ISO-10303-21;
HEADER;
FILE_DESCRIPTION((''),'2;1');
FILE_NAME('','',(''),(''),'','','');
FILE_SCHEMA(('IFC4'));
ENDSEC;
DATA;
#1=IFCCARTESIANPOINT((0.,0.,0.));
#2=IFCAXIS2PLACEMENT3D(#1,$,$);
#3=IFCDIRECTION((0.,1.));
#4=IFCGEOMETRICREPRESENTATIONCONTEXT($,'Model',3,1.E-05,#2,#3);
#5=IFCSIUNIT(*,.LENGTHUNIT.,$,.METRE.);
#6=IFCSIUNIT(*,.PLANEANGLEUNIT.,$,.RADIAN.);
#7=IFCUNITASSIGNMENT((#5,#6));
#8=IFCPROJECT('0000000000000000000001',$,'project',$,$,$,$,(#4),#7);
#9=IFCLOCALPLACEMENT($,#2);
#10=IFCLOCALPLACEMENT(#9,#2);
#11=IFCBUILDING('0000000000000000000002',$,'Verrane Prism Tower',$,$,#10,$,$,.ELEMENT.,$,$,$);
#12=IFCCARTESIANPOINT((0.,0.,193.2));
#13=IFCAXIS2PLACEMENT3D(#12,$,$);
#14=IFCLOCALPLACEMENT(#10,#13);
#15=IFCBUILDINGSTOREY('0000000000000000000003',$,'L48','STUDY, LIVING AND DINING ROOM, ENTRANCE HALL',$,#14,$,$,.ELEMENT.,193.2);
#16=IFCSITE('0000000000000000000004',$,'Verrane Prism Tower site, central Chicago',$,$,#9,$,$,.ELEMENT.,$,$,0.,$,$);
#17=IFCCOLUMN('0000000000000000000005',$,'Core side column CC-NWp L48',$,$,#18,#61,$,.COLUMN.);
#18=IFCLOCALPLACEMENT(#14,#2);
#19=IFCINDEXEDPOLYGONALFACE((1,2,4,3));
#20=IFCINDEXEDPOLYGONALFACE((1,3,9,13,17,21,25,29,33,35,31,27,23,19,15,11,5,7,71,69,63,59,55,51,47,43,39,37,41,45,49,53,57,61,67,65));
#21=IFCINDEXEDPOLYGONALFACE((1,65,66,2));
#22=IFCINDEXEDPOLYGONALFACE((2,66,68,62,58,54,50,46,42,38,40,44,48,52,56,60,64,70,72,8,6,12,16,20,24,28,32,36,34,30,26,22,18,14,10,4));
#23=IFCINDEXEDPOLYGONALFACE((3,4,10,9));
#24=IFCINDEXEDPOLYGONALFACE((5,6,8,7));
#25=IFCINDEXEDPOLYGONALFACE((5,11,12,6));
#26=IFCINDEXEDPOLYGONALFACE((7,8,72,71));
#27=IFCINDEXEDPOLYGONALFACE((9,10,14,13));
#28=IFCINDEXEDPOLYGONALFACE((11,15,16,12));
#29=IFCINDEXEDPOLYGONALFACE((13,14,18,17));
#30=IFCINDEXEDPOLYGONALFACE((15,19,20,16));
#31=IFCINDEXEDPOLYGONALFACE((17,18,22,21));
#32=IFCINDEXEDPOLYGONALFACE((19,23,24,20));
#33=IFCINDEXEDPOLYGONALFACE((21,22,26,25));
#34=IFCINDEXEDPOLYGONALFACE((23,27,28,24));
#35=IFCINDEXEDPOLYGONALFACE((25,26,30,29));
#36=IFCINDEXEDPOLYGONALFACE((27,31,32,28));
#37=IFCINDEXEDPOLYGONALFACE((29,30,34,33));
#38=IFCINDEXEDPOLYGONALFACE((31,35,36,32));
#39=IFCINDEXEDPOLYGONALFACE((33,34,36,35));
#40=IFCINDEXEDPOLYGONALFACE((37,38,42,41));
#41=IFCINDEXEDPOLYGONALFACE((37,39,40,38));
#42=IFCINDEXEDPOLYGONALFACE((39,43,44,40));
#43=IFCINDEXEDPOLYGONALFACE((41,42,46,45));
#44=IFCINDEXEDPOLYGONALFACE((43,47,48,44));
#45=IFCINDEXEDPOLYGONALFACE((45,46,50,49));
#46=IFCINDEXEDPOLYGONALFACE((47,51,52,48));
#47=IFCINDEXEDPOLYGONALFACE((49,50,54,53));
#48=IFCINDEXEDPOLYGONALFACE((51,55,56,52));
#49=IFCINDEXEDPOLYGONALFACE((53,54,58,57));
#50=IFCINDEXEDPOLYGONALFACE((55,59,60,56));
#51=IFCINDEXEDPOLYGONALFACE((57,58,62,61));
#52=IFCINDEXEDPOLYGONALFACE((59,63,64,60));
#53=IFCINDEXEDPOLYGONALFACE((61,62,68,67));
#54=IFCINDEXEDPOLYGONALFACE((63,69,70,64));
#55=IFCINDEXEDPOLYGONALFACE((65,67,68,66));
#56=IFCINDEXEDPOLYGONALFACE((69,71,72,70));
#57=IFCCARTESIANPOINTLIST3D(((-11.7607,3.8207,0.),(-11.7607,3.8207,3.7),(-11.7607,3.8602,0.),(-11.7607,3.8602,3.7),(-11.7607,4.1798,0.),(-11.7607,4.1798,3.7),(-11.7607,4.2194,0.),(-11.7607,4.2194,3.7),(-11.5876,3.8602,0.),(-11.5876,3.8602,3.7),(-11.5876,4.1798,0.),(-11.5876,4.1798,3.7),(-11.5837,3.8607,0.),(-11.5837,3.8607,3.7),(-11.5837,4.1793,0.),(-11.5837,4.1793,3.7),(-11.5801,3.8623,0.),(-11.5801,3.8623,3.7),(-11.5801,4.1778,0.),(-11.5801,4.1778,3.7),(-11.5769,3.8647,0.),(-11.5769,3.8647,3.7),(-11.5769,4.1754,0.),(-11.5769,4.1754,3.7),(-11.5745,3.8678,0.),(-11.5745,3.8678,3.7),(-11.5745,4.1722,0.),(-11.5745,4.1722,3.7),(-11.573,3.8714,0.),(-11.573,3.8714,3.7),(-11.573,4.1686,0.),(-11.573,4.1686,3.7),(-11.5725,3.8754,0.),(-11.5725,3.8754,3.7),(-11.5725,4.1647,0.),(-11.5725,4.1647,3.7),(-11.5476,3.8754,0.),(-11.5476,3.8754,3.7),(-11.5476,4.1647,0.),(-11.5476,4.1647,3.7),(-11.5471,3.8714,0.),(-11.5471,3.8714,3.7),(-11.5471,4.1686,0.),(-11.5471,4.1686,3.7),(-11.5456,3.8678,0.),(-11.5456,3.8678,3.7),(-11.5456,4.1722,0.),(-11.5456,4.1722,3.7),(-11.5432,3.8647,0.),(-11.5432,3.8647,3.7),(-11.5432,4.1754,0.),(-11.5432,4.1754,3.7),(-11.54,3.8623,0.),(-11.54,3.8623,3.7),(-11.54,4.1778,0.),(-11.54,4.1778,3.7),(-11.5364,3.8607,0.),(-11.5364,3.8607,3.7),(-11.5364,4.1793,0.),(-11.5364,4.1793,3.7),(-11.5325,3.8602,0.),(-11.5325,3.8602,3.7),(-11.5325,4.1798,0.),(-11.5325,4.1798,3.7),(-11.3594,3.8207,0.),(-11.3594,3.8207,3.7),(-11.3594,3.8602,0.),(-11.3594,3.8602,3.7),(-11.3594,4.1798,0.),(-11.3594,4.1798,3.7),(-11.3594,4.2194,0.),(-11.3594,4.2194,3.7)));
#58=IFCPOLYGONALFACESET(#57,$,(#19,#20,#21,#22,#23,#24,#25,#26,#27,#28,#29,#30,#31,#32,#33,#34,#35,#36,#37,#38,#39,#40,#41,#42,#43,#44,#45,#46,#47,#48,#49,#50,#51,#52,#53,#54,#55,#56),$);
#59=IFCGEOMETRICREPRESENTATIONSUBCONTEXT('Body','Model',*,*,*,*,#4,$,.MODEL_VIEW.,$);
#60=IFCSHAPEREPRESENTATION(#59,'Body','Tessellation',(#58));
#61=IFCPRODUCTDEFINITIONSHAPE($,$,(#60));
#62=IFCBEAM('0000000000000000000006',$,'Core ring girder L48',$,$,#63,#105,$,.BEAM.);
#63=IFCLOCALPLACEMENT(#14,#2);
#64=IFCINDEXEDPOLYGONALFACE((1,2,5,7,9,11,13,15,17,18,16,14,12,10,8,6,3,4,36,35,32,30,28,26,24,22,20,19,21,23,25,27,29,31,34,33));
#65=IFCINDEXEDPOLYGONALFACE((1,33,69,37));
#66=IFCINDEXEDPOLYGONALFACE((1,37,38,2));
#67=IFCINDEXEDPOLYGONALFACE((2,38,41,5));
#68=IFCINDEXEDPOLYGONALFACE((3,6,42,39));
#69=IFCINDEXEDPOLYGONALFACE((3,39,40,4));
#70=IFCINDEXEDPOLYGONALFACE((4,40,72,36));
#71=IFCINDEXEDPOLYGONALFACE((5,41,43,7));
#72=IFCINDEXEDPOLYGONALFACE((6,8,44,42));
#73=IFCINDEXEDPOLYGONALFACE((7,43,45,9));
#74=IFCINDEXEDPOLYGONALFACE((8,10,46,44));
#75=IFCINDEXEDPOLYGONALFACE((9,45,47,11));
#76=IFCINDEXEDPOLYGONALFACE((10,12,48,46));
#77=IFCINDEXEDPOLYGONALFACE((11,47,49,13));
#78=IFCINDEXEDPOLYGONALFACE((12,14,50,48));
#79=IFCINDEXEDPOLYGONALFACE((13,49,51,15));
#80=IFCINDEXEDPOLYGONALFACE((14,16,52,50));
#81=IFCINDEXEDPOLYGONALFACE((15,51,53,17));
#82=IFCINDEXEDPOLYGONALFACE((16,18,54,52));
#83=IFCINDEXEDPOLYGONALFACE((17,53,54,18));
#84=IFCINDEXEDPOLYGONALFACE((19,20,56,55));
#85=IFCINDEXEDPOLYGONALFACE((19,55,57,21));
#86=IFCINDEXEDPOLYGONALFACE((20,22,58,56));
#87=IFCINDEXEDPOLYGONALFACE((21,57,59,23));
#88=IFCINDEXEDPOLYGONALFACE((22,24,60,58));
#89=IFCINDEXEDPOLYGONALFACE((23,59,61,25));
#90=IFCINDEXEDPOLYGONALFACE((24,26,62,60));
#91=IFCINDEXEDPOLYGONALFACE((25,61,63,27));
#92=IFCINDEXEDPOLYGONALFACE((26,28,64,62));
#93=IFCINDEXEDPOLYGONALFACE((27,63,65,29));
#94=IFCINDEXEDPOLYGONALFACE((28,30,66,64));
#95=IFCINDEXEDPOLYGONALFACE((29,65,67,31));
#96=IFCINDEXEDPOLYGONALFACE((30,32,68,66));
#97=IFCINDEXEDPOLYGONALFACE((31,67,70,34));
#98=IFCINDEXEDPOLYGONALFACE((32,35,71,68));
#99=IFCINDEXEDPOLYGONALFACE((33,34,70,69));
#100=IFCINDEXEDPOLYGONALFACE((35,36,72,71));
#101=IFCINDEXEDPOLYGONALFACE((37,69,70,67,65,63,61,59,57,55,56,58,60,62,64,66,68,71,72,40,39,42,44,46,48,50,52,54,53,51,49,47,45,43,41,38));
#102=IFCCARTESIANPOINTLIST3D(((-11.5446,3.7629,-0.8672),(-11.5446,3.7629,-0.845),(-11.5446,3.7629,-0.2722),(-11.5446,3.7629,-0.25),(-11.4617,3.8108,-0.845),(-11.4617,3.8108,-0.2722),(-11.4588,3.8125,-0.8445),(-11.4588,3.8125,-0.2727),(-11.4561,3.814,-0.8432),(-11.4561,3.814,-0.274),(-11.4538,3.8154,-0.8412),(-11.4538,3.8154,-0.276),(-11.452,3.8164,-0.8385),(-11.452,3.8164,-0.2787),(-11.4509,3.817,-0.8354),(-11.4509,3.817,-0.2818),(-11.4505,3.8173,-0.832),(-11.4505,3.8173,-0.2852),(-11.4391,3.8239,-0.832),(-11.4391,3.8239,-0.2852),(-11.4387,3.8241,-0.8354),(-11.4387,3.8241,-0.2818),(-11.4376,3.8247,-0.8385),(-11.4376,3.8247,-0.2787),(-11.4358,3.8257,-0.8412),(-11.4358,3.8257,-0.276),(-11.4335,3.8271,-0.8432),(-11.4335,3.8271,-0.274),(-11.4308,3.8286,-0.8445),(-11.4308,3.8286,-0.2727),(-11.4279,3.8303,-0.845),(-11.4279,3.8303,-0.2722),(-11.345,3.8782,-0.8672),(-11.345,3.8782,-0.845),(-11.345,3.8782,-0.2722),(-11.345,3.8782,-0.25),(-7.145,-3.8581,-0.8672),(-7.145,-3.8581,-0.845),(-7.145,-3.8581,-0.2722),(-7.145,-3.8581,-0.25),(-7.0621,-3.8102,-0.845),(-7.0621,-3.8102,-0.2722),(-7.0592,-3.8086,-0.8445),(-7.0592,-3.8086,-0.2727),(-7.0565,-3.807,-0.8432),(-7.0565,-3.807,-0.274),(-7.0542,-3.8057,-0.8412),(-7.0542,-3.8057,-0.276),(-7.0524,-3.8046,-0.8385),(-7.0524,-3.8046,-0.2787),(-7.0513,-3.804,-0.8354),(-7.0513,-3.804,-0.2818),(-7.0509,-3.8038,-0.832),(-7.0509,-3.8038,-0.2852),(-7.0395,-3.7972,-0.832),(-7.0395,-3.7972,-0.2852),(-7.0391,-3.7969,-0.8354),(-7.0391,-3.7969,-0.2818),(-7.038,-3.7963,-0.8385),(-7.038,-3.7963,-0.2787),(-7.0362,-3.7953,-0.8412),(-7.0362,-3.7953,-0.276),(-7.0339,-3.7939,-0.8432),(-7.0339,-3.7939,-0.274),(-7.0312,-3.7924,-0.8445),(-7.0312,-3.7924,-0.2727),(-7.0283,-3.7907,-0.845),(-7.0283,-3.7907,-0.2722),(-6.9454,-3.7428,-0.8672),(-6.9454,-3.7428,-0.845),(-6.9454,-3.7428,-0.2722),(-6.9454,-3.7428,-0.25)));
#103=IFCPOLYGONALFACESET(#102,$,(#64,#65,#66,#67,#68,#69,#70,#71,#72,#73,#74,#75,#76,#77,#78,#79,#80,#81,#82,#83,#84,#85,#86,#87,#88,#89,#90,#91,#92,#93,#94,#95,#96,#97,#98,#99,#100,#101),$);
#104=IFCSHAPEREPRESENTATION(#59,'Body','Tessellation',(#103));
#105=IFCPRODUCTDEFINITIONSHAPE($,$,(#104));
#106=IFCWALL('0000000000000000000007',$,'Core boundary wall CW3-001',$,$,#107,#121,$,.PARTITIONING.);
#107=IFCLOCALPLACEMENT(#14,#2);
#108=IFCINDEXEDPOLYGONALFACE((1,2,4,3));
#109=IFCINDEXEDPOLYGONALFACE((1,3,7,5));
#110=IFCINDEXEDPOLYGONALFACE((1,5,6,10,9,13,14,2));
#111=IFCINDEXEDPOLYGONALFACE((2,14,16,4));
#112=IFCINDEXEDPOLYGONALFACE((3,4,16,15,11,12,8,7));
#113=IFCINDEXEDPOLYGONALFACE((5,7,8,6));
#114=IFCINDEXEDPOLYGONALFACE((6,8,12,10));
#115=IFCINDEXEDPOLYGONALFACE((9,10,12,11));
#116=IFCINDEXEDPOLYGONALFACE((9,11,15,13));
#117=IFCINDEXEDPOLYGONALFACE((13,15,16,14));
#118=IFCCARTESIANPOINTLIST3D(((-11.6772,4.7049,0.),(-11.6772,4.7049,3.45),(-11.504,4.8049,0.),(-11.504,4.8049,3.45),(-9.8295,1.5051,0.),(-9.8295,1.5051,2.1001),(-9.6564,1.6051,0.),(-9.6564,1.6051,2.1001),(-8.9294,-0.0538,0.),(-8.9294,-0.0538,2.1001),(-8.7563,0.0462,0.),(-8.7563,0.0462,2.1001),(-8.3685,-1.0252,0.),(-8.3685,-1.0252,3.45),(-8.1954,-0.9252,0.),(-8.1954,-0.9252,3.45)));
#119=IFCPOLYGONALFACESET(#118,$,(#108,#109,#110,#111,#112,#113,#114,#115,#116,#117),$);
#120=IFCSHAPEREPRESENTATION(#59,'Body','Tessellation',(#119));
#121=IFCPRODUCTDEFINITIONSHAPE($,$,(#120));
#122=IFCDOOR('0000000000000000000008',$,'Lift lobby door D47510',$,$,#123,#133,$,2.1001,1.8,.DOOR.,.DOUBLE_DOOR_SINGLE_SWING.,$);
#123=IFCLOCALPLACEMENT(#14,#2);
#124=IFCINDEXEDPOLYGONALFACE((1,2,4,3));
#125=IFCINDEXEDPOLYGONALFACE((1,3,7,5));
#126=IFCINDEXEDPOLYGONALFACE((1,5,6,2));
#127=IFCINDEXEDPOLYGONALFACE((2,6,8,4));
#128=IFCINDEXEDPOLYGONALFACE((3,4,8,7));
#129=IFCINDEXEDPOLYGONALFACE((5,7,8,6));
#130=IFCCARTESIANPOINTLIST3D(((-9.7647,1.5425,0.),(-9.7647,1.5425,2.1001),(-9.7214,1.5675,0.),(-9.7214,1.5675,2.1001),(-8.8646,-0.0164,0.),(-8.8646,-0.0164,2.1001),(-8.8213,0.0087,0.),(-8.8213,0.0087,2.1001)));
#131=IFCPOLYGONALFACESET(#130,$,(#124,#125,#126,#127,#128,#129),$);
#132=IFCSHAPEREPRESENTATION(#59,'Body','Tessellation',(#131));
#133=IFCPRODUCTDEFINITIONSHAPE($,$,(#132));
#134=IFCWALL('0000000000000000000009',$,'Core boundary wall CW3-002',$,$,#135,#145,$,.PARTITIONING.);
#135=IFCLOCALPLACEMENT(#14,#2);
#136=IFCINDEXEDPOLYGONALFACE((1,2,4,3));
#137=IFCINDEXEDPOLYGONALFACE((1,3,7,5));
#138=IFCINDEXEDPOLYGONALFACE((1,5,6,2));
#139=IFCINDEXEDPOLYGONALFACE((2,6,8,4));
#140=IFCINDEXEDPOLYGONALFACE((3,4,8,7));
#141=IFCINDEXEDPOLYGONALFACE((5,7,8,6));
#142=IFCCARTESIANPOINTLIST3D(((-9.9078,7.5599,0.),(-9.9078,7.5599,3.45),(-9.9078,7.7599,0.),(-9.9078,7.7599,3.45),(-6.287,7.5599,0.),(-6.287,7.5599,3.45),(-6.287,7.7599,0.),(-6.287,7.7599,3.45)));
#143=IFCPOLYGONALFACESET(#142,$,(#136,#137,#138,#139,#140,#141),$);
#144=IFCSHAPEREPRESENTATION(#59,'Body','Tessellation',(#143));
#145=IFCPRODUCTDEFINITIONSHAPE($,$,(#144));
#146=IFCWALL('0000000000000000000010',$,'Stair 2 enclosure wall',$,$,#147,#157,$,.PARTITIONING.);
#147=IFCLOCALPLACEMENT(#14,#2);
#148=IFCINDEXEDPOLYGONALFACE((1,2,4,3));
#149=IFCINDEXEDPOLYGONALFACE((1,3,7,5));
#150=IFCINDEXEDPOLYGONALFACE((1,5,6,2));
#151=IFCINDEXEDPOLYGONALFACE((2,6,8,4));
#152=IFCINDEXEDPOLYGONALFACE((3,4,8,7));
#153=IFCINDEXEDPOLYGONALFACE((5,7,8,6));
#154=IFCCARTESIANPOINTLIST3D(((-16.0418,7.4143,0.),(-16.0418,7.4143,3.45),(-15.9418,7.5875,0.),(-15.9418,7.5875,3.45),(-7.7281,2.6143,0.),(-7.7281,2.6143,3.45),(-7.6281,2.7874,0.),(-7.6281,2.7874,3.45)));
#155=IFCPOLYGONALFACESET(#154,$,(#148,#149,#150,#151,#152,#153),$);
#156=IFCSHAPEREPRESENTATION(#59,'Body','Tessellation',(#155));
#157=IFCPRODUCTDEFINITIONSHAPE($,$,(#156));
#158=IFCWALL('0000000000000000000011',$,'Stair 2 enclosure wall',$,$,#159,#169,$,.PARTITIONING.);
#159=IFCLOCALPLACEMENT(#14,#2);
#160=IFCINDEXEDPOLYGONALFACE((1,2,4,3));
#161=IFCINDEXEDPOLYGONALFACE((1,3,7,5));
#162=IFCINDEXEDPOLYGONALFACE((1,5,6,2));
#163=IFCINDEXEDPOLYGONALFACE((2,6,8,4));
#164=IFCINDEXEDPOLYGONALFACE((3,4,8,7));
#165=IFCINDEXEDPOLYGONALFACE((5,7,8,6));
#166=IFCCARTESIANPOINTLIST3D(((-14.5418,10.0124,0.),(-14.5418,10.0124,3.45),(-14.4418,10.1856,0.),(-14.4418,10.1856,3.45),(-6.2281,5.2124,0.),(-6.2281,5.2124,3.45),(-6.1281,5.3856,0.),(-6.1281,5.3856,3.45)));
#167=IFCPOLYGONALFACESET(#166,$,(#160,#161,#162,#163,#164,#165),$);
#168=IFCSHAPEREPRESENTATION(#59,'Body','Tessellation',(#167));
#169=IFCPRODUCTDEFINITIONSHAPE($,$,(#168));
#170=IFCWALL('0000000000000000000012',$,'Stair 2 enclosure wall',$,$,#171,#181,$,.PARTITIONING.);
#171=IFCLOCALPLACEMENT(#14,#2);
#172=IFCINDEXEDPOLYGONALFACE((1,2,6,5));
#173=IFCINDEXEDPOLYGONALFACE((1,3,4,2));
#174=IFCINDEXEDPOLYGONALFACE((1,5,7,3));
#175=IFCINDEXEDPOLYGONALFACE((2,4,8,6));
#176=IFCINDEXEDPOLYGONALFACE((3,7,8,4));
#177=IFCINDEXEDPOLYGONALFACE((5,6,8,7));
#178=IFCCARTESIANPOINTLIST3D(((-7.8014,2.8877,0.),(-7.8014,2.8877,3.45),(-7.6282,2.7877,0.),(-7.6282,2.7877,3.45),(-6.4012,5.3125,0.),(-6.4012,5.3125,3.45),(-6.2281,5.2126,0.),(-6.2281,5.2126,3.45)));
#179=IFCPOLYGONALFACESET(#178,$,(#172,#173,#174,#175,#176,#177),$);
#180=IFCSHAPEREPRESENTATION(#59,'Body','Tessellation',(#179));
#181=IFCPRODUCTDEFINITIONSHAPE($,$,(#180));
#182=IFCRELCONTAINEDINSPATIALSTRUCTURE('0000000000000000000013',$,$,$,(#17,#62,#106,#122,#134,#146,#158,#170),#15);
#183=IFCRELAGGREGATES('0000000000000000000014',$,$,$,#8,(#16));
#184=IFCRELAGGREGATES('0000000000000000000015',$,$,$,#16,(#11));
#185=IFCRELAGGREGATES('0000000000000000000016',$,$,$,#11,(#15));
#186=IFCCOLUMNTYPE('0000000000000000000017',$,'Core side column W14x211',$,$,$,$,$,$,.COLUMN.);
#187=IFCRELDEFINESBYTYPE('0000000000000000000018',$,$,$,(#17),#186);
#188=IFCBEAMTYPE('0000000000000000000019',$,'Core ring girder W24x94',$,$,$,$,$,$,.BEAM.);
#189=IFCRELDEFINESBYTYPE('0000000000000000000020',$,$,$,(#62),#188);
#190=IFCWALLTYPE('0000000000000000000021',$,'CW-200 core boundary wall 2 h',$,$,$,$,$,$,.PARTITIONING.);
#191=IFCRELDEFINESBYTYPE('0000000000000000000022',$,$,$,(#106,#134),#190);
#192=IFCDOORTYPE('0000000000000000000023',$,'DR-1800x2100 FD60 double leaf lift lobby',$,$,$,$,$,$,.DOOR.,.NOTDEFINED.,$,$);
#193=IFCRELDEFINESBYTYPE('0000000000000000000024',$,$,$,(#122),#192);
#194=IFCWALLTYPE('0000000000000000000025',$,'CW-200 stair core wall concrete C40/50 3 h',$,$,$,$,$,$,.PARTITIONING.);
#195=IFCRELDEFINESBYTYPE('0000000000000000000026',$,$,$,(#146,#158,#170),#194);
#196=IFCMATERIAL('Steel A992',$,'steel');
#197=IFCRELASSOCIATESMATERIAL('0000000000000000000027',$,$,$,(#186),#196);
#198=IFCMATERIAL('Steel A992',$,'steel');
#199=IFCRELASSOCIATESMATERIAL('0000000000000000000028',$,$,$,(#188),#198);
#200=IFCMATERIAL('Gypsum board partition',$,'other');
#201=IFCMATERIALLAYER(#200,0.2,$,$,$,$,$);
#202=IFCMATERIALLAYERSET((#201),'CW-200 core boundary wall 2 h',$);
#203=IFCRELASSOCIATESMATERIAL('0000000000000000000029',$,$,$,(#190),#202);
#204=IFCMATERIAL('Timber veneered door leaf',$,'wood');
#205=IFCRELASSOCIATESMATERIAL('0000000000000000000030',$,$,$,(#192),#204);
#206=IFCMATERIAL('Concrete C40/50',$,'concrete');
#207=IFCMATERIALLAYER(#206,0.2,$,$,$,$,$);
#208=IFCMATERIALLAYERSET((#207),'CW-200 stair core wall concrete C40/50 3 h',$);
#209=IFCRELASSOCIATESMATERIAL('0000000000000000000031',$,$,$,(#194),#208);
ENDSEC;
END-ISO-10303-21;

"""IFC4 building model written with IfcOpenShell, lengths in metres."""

from ifc_helpers import new_model, si_unit, direction, frame, frame_2d, origin, origin_2d, place, context, subcontext, project, spatial, rectangle, i_section, extrude, material, layer, layer_set, material_profile, profile_set, type_object, element, fill, save


model = new_model("IFC4")

# Units and contexts
model_context = context("Model", 3, precision=1e-05, world=origin(), true_north=direction((0.0, 1.0)))
body_context = subcontext(model_context, "Body", "Model", "MODEL_VIEW")
ifc_project = project(units=[si_unit("LENGTHUNIT", "METRE"), si_unit("PLANEANGLEUNIT", "RADIAN")], contexts=[model_context])

# Site, building, storey
site_placement = place(None, origin())
site = spatial("IfcSite", under=ifc_project, at=site_placement, Name="Verrane Prism Tower site, central Chicago", CompositionType="ELEMENT", RefElevation=0.0)
building_placement = place(site_placement, origin())
building = spatial("IfcBuilding", under=site, at=building_placement, Name="Verrane Prism Tower", CompositionType="ELEMENT")
storey_placement = place(building_placement, frame((0.0, 0.0, 193.2)))
storey = spatial("IfcBuildingStorey", under=building, at=storey_placement, Name="L48", Description="STUDY, LIVING AND DINING ROOM, ENTRANCE HALL", CompositionType="ELEMENT", Elevation=193.2)

# Column
ifc_material_1 = material(Name="Steel A992", Category="steel")
ifc_material_profile_1 = material_profile(ifc_material_1, i_section(OverallWidth=0.4014, OverallDepth=0.3987, WebThickness=0.0249, FlangeThickness=0.0396, FilletRadius=0.0151, at=origin_2d()), Name="W14x211")
ifc_profile_set_1 = profile_set([ifc_material_profile_1], Name="Steel A992")
column_type = type_object("IfcColumnType", Name="Core side column W14x211", PredefinedType="COLUMN", material=ifc_profile_set_1)
column_placement = place(storey_placement, frame((-11.5601, 4.02, 0.0), z_axis=(0.0, 0.0, 1.0), x_axis=(1.0, 0.0, 0.0)))
element("IfcColumn", 1, at=column_placement, inside=storey, type_object=column_type, Name="Core side column CC-NWp L48", PredefinedType="COLUMN", context=body_context, shape_type="SweptSolid", body=[
    extrude(i_section(OverallWidth=0.4014, OverallDepth=0.3987, WebThickness=0.0249, FlangeThickness=0.0396, FilletRadius=0.0151, at=origin_2d()), origin(), (0.0, 0.0, 1.0), 3.7),
])

# Beam
ifc_material_2 = material(Name="Steel A992", Category="steel")
ifc_material_profile_2 = material_profile(ifc_material_2, i_section(OverallWidth=0.2305, OverallDepth=0.6172, WebThickness=0.0132, FlangeThickness=0.0222, FilletRadius=0.0129, at=origin_2d()), Name="W24x94")
ifc_profile_set_2 = profile_set([ifc_material_profile_2], Name="Steel A992")
beam_type = type_object("IfcBeamType", Name="Core ring girder W24x94", PredefinedType="BEAM", material=ifc_profile_set_2)
beam_placement = place(storey_placement, frame((-11.4448, 3.8206, -0.5586), z_axis=(0.499967, -0.866044, 0.0), x_axis=(0.866044, 0.499967, 0.0)))
element("IfcBeam", 2, at=beam_placement, inside=storey, type_object=beam_type, Name="Core ring girder L48", PredefinedType="BEAM", context=body_context, shape_type="SweptSolid", body=[
    extrude(i_section(OverallWidth=0.2305, OverallDepth=0.6172, WebThickness=0.0132, FlangeThickness=0.0222, FilletRadius=0.0129, at=origin_2d()), origin(), (0.0, 0.0, 1.0), 8.7998),
])

# Wall, opening, door
ifc_material_3 = material(Name="Gypsum board partition", Category="other")
ifc_layer_1 = layer(ifc_material_3, 0.2)
ifc_layer_set_1 = layer_set([ifc_layer_1], Name="CW-200 core boundary wall 2 h")
wall_type_1 = type_object("IfcWallType", Name="CW-200 core boundary wall 2 h", PredefinedType="PARTITIONING", material=ifc_layer_set_1)
wall_1_placement = place(storey_placement, frame((-11.5906, 4.7549, 0.0), z_axis=(0.0, 0.0, 1.0), x_axis=(0.500044, -0.866, 0.0)))
wall_1 = element("IfcWall", 3, at=wall_1_placement, inside=storey, type_object=wall_type_1, Name="Core boundary wall CW3-001", PredefinedType="PARTITIONING", context=body_context, shape_type="SweptSolid", body=[
    extrude(rectangle(XDim=6.6167, YDim=0.2, at=frame_2d((3.3083, 0.0))), origin(), (0.0, 0.0, 1.0), 3.45),
])
opening_1_placement = place(wall_1_placement, frame((3.6951, 0.0, 0.0)))
opening_1 = element("IfcOpeningElement", 4, at=opening_1_placement, cuts=wall_1, PredefinedType="OPENING", context=body_context, shape_type="SweptSolid", body=[
    extrude(rectangle(XDim=1.8, YDim=2.1001, at=frame_2d((0.8999, 1.05))), frame((0.0, 0.1099, 0.0), z_axis=(0.0, -1.0, 0.0), x_axis=(1.0, 0.0, 0.0)), (0.0, 0.0, 1.0), 0.22),
])
ifc_material_4 = material(Name="Timber veneered door leaf", Category="wood")
door_type_1 = type_object("IfcDoorType", Name="DR-1800x2100 FD60 double leaf lift lobby", OperationType="NOTDEFINED", PredefinedType="DOOR", material=ifc_material_4)
door_1_placement = place(opening_1_placement, origin())
door_1 = element("IfcDoor", 5, at=door_1_placement, inside=storey, type_object=door_type_1, Name="Lift lobby door D47510", OperationType="DOUBLE_DOOR_SINGLE_SWING", OverallHeight=2.1001, OverallWidth=1.8, PredefinedType="DOOR", context=body_context, shape_type="SweptSolid", body=[
    extrude(rectangle(XDim=1.8, YDim=2.1001, at=frame_2d((0.8999, 1.05))), frame((0.0, 0.0249, 0.0), z_axis=(0.0, -1.0, 0.0), x_axis=(1.0, 0.0, 0.0)), (0.0, 0.0, 1.0), 0.05),
])
fill(opening_1, door_1)

# Walls
wall_2_placement = place(storey_placement, frame((-9.908, 7.6599, 0.0), z_axis=(0.0, 0.0, 1.0), x_axis=(1.0, 0.0, 0.0)))
element("IfcWall", 6, at=wall_2_placement, inside=storey, type_object=wall_type_1, Name="Core boundary wall CW3-002", PredefinedType="PARTITIONING", context=body_context, shape_type="SweptSolid", body=[
    extrude(rectangle(XDim=3.6208, YDim=0.2, at=frame_2d((1.8105, 0.0))), origin(), (0.0, 0.0, 1.0), 3.45),
])
ifc_material_5 = material(Name="Concrete C40/50", Category="concrete")
ifc_layer_2 = layer(ifc_material_5, 0.2)
ifc_layer_set_2 = layer_set([ifc_layer_2], Name="CW-200 stair core wall concrete C40/50 3 h")
wall_type_2 = type_object("IfcWallType", Name="CW-200 stair core wall concrete C40/50 3 h", PredefinedType="PARTITIONING", material=ifc_layer_set_2)
for number, where, z_axis, x_axis, name in (
    (7, (-7.6782, 2.7009, 0.0), (0.0, 0.0, 1.0), (-0.86602, 0.500009, 0.0), "Stair 2 enclosure wall"),
    (8, (-6.1782, 5.2991, 0.0), (0.0, 0.0, 1.0), (-0.86602, 0.500009, 0.0), "Stair 2 enclosure wall"),
):
    element("IfcWall", number, at=place(storey_placement, frame(where, z_axis=z_axis, x_axis=x_axis)), inside=storey, type_object=wall_type_2, Name=name, PredefinedType="PARTITIONING", context=body_context, shape_type="SweptSolid", body=[
        extrude(rectangle(XDim=9.5999, YDim=0.2, at=frame_2d((4.7998, 0.0))), origin(), (0.0, 0.0, 1.0), 3.45),
    ])
wall_3_placement = place(storey_placement, frame((-6.3147, 5.2625, 0.0), z_axis=(0.0, 0.0, 1.0), x_axis=(-0.50005, -0.865997, 0.0)))
element("IfcWall", 9, at=wall_3_placement, inside=storey, type_object=wall_type_2, Name="Stair 2 enclosure wall", PredefinedType="PARTITIONING", context=body_context, shape_type="SweptSolid", body=[
    extrude(rectangle(XDim=2.8, YDim=0.2, at=frame_2d((1.3999, 0.0))), origin(), (0.0, 0.0, 1.0), 3.45),
])

save(model, "model.ifc")
